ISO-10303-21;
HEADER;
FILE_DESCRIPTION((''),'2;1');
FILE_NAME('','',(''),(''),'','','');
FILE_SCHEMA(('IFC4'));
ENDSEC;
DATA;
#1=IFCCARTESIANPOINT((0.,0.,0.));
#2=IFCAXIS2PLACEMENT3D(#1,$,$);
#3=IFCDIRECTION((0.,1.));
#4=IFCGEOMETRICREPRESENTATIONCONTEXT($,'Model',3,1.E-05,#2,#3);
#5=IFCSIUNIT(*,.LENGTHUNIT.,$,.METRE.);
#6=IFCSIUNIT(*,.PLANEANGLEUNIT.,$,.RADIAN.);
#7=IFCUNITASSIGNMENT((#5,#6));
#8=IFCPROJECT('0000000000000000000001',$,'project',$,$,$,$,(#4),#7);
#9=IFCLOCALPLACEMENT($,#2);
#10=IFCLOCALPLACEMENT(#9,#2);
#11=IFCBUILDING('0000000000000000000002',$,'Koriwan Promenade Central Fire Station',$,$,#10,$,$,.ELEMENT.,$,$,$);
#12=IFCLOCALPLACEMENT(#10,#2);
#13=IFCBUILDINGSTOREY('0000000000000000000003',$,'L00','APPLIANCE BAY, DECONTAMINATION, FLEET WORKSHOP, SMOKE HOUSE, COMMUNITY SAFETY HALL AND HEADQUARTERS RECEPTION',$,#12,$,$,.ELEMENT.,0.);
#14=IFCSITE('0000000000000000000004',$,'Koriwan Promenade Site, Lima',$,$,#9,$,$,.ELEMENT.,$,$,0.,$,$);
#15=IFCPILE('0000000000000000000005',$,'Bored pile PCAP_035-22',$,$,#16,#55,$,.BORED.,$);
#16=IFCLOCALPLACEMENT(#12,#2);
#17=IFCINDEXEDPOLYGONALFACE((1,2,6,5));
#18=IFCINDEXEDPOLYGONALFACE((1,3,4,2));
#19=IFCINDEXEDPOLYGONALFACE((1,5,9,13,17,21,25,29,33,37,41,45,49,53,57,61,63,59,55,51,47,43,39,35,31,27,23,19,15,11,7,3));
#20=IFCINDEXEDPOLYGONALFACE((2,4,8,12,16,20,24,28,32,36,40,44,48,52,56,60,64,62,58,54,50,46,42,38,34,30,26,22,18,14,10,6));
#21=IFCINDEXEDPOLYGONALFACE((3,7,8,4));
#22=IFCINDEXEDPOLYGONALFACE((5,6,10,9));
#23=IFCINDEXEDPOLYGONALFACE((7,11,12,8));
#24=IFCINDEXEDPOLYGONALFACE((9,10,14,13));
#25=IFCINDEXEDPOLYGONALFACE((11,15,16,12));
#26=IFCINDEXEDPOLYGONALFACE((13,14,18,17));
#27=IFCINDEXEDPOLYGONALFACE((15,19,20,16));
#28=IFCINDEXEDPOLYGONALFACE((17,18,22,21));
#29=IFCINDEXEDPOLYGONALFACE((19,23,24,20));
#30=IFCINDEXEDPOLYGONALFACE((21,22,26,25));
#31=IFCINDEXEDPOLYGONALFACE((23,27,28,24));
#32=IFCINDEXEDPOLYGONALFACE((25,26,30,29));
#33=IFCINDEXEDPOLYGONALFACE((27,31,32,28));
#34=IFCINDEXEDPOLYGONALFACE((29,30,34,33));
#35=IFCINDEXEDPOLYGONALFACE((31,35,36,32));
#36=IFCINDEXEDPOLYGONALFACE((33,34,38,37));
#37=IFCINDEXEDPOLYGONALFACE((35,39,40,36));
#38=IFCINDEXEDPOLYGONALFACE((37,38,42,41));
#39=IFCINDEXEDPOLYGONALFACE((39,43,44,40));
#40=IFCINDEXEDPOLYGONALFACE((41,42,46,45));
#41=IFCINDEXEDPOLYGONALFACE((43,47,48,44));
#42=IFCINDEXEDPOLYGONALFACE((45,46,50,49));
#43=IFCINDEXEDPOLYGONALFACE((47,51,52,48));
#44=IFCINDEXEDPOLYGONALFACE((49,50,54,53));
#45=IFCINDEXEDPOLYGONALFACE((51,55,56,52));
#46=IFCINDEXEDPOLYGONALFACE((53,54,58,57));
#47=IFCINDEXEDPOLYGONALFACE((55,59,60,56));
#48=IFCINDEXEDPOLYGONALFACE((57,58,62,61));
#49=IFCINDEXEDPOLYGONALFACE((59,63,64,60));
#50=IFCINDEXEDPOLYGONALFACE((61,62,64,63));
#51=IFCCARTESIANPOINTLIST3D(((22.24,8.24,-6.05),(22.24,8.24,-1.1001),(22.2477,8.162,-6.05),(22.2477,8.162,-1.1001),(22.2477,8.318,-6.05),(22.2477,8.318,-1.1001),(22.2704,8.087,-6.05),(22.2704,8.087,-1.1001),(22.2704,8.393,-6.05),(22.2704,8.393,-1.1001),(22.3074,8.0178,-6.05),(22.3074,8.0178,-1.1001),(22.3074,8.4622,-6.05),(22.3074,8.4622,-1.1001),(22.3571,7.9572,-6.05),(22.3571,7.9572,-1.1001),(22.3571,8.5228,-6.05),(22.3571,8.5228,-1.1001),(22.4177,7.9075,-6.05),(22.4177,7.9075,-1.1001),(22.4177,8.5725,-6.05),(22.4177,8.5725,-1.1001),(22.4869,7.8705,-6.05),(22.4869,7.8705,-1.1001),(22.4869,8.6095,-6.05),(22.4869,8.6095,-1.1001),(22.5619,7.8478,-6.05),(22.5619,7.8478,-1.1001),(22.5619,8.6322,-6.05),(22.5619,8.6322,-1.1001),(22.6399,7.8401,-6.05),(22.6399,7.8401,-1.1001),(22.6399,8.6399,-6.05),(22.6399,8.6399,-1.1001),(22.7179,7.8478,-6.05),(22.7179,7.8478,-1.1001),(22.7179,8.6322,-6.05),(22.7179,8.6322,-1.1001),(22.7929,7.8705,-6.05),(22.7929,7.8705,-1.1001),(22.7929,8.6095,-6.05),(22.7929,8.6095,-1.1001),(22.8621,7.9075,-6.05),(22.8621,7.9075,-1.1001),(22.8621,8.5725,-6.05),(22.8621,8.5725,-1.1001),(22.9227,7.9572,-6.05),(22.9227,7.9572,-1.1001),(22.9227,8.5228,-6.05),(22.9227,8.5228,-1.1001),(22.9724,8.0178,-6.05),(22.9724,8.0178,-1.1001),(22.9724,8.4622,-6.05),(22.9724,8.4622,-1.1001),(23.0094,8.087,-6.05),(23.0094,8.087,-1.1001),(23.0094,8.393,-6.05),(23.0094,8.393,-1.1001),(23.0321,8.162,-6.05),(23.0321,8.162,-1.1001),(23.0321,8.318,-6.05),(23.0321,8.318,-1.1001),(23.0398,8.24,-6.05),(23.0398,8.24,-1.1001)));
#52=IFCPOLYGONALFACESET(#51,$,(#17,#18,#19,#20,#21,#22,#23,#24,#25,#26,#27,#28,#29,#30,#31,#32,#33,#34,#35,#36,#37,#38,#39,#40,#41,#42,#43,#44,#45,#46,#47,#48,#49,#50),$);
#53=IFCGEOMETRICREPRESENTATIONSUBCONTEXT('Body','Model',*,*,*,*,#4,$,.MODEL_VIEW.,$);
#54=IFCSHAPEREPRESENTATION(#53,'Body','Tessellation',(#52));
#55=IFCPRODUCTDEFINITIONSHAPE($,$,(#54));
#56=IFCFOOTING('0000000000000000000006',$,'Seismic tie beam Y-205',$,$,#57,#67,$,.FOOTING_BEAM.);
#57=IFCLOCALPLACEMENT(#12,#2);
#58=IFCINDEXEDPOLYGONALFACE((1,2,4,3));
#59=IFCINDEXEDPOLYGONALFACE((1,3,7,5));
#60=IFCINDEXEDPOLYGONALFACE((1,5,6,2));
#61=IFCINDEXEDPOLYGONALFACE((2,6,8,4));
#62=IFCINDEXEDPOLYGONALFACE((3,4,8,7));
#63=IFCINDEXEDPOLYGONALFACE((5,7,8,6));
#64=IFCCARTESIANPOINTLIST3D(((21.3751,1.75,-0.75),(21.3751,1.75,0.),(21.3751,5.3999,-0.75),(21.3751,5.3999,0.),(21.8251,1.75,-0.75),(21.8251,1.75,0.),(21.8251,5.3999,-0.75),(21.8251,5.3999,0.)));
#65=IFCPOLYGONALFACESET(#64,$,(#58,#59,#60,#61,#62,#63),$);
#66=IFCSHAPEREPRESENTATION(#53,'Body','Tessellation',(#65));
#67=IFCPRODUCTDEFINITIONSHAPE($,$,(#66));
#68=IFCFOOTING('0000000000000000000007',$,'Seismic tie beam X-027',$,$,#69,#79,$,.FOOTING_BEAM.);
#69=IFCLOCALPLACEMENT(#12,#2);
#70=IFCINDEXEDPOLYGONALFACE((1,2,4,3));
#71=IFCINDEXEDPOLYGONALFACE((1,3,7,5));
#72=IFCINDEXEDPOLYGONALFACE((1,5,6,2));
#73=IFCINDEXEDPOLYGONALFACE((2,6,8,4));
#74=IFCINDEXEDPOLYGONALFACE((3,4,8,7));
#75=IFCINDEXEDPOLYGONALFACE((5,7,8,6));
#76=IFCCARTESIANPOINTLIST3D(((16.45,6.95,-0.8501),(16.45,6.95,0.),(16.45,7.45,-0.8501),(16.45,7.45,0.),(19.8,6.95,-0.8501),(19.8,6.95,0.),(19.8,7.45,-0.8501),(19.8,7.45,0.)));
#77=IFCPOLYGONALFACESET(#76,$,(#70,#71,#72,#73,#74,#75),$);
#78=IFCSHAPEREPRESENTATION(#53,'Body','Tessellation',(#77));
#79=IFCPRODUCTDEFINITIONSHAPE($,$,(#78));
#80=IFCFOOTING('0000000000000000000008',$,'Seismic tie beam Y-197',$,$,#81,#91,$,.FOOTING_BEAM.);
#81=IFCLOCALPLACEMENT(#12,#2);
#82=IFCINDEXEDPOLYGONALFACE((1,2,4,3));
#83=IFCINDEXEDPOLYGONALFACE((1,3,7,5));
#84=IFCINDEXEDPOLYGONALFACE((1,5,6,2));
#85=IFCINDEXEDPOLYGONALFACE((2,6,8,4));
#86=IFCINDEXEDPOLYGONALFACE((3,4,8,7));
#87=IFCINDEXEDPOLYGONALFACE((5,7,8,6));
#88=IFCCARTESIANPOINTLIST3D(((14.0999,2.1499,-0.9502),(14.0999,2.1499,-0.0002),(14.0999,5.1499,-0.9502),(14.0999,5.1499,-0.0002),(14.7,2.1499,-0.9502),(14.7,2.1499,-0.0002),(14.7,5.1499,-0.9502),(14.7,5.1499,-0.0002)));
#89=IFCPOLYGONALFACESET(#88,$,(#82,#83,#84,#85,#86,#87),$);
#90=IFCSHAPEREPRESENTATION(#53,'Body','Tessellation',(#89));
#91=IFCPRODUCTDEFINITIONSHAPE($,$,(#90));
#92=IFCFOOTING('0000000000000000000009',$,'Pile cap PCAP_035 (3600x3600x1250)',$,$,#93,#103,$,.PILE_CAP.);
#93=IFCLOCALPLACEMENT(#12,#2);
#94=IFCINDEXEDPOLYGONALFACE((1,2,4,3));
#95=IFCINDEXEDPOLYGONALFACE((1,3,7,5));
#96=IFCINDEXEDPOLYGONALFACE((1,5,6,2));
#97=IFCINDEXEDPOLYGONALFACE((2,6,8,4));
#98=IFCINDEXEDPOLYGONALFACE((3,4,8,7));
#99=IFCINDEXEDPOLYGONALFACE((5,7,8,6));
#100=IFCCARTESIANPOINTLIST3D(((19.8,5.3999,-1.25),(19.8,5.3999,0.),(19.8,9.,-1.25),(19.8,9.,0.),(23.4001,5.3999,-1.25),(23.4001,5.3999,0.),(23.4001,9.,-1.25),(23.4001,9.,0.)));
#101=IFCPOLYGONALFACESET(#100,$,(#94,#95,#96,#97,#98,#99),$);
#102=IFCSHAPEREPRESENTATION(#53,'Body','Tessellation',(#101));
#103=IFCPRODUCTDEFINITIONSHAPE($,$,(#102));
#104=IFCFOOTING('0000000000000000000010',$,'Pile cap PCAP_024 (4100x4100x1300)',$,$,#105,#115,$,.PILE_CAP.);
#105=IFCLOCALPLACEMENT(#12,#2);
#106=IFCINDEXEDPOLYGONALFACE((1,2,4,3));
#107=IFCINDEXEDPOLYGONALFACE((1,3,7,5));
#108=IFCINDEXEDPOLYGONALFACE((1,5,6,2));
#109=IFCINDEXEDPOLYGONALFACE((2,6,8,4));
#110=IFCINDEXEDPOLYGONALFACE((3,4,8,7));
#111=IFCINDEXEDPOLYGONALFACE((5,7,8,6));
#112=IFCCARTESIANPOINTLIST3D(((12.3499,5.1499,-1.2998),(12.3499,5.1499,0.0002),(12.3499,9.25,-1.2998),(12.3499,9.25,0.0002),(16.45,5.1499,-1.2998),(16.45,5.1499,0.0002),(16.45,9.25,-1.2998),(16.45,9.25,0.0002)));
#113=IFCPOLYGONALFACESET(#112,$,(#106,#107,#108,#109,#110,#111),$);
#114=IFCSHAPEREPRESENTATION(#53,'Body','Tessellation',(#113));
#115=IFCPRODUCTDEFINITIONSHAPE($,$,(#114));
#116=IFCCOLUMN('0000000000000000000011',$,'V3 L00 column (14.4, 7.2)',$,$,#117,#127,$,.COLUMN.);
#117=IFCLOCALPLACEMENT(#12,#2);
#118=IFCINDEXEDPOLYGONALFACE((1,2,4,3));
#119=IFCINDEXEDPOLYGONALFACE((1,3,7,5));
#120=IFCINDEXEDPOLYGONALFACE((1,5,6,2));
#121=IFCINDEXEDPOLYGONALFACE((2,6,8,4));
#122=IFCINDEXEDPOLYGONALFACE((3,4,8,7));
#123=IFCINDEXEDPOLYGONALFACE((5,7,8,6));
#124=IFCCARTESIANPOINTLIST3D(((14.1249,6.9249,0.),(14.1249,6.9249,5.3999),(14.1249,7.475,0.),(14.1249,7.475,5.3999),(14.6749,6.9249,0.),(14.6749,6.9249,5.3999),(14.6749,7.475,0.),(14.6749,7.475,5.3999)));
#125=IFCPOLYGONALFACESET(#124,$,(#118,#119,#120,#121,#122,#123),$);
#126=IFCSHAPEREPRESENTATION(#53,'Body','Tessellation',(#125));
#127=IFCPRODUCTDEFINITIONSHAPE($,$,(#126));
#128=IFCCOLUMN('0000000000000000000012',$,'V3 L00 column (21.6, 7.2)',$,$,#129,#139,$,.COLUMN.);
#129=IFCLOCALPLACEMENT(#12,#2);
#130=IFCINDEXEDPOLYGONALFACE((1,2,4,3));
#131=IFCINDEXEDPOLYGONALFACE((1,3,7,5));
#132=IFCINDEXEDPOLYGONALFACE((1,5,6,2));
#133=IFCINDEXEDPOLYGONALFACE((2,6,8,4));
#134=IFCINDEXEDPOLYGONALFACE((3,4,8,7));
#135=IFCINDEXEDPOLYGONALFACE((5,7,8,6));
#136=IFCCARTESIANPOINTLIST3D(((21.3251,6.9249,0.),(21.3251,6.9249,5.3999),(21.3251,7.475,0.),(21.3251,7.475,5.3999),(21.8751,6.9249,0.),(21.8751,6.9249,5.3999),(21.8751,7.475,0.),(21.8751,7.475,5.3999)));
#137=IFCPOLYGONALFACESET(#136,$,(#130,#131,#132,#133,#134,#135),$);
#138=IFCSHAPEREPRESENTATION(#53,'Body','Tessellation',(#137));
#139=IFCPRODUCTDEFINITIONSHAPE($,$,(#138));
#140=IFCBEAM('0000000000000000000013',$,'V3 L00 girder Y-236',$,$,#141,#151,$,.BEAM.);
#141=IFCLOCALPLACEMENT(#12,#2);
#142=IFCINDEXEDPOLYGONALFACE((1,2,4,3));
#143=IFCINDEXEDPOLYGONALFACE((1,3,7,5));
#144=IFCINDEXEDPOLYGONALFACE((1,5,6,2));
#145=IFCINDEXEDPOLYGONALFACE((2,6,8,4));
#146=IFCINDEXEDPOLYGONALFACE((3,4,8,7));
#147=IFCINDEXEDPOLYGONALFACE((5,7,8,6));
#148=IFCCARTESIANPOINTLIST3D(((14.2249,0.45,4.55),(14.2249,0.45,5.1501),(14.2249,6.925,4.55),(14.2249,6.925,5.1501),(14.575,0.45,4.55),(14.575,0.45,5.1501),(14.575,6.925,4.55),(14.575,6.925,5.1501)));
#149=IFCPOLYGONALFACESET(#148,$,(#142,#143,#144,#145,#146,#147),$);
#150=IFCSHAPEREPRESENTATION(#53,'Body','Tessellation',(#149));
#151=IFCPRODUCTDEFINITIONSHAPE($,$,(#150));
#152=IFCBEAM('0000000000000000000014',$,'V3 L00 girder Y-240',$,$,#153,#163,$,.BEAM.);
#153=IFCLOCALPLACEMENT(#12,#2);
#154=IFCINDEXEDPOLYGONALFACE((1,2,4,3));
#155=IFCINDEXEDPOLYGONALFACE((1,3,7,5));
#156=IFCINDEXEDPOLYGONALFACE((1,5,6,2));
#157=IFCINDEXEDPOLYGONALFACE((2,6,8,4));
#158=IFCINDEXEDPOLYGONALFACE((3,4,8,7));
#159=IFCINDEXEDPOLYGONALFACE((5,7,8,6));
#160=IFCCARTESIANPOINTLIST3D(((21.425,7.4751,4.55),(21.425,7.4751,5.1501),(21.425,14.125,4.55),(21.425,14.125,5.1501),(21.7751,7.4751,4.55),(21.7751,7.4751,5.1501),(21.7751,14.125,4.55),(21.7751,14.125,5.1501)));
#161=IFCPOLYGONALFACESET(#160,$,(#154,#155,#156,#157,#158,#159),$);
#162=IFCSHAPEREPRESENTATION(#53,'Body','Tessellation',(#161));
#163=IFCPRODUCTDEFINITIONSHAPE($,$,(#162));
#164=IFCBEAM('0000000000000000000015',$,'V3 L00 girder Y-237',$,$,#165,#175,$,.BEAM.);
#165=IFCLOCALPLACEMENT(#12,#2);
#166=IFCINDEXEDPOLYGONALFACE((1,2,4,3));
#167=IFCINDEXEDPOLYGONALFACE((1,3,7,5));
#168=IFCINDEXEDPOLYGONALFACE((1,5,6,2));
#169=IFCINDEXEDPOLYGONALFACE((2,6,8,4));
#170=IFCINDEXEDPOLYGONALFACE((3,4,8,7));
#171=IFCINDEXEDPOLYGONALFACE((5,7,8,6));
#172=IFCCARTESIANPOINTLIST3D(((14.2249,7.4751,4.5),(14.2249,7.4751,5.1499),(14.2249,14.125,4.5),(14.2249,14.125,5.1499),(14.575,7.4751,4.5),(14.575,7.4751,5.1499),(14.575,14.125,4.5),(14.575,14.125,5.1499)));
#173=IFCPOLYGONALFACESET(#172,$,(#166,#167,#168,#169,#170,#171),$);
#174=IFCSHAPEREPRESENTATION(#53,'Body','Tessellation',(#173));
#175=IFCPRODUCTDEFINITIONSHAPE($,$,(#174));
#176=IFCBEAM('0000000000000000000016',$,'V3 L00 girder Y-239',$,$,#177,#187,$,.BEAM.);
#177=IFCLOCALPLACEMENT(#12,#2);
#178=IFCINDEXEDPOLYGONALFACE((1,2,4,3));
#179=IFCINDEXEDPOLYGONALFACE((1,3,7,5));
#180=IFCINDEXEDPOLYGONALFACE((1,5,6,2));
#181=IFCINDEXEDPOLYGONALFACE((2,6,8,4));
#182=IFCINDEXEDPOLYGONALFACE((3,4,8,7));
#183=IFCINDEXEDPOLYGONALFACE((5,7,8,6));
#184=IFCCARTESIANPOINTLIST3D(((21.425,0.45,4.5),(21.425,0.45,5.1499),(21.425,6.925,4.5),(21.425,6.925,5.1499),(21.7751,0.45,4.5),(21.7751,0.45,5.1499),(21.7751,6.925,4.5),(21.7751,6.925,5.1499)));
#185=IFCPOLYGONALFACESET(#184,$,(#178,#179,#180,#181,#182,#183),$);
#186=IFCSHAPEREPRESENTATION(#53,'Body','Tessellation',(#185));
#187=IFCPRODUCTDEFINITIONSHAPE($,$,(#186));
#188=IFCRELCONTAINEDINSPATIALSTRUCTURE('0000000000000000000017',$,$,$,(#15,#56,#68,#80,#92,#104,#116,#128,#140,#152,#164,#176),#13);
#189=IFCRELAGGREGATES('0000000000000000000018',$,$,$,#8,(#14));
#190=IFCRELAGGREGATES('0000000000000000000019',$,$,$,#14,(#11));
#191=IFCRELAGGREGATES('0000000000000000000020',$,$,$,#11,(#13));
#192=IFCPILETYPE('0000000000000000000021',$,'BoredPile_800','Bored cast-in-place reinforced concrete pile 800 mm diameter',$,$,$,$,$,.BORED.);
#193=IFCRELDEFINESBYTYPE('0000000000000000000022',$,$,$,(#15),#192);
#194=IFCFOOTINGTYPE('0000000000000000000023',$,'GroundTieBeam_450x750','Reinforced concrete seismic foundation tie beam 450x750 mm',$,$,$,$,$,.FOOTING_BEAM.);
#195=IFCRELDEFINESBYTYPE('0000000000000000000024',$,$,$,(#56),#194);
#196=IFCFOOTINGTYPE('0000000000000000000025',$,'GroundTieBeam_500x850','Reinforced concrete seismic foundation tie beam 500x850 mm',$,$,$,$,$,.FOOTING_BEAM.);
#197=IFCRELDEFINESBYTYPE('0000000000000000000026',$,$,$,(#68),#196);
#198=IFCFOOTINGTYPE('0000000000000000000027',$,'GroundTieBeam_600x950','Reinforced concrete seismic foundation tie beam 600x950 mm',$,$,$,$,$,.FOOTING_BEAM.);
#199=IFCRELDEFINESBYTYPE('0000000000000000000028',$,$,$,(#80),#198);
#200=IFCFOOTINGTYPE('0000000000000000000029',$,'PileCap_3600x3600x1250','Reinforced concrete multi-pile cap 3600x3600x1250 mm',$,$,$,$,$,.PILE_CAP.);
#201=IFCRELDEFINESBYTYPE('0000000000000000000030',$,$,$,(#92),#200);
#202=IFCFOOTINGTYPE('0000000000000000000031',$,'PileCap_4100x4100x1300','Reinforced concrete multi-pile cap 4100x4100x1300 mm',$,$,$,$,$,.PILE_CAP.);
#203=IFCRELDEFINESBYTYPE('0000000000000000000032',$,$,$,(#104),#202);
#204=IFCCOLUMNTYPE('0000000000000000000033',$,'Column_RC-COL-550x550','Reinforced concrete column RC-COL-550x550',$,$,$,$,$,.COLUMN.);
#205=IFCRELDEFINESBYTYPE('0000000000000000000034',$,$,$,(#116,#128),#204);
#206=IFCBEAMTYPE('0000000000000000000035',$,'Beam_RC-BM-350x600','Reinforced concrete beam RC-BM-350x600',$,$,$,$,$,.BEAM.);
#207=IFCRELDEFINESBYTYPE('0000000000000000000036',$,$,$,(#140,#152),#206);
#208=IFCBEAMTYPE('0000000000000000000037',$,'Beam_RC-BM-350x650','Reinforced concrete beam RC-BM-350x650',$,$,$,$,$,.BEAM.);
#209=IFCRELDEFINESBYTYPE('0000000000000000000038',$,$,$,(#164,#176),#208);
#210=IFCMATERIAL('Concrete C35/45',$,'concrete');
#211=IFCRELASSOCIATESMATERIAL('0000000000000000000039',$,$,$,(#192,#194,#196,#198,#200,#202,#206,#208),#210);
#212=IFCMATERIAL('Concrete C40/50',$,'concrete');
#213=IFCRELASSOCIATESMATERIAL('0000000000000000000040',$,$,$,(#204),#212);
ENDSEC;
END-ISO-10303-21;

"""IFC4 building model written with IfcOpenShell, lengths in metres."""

from ifc_helpers import new_model, si_unit, direction, frame, origin, origin_2d, place, context, subcontext, project, spatial, rectangle, circle, extrude, material, material_profile, profile_set, type_object, element, save


model = new_model("IFC4")

# Units and contexts
model_context = context("Model", 3, precision=1e-05, world=origin(), true_north=direction((0.0, 1.0)))
body_context = subcontext(model_context, "Body", "Model", "MODEL_VIEW")
ifc_project = project(units=[si_unit("LENGTHUNIT", "METRE"), si_unit("PLANEANGLEUNIT", "RADIAN")], contexts=[model_context])

# Site, building, storey
site_placement = place(None, origin())
site = spatial("IfcSite", under=ifc_project, at=site_placement, Name="Koriwan Promenade Site, Lima", CompositionType="ELEMENT", RefElevation=0.0)
building_placement = place(site_placement, origin())
building = spatial("IfcBuilding", under=site, at=building_placement, Name="Koriwan Promenade Central Fire Station", CompositionType="ELEMENT")
storey_placement = place(building_placement, origin())
storey = spatial("IfcBuildingStorey", under=building, at=storey_placement, Name="L00", Description="APPLIANCE BAY, DECONTAMINATION, FLEET WORKSHOP, SMOKE HOUSE, COMMUNITY SAFETY HALL AND HEADQUARTERS RECEPTION", CompositionType="ELEMENT", Elevation=0.0)

# Pile
ifc_material_1 = material(Name="Concrete C35/45", Category="concrete")
ifc_material_profile_1 = material_profile(ifc_material_1, circle(Radius=0.3999, at=origin_2d()), Name="PILE-D800")
ifc_profile_set_1 = profile_set([ifc_material_profile_1], Name="Concrete C35/45")
pile_type_1 = type_object("IfcPileType", Name="BoredPile_800", Description="Bored cast-in-place reinforced concrete pile 800 mm diameter", PredefinedType="BORED", material=ifc_profile_set_1)
for number, where, z_axis, x_axis, name in (
    (1, (22.6399, 8.24, -1.1001), (0.0, 0.0, -1.0), (1.0, 0.0, 0.0), "Bored pile PCAP_035-22"),
):
    element("IfcPile", number, at=place(storey_placement, frame(where, z_axis=z_axis, x_axis=x_axis)), inside=storey, type_object=pile_type_1, Name=name, PredefinedType="BORED", context=body_context, shape_type="SweptSolid", body=[
        extrude(circle(Radius=0.3999, at=origin_2d()), origin(), (0.0, 0.0, 1.0), 4.95),
    ])

# Footings
footing_type_1 = type_object("IfcFootingType", Name="GroundTieBeam_450x750", Description="Reinforced concrete seismic foundation tie beam 450x750 mm", PredefinedType="FOOTING_BEAM", material=ifc_material_1)
footing_1_placement = place(storey_placement, frame((21.6001, 3.575, -0.75), z_axis=(0.0, 0.0, 1.0), x_axis=(0.0, 1.0, 0.0)))
element("IfcFooting", 2, at=footing_1_placement, inside=storey, type_object=footing_type_1, Name="Seismic tie beam Y-205", PredefinedType="FOOTING_BEAM", context=body_context, shape_type="SweptSolid", body=[
    extrude(rectangle(XDim=3.6499, YDim=0.45, at=origin_2d()), origin(), (0.0, 0.0, 1.0), 0.75),
])
footing_type_2 = type_object("IfcFootingType", Name="GroundTieBeam_500x850", Description="Reinforced concrete seismic foundation tie beam 500x850 mm", PredefinedType="FOOTING_BEAM", material=ifc_material_1)
footing_2_placement = place(storey_placement, frame((18.125, 7.2, -0.8501), z_axis=(0.0, 0.0, 1.0), x_axis=(1.0, 0.0, 0.0)))
element("IfcFooting", 3, at=footing_2_placement, inside=storey, type_object=footing_type_2, Name="Seismic tie beam X-027", PredefinedType="FOOTING_BEAM", context=body_context, shape_type="SweptSolid", body=[
    extrude(rectangle(XDim=3.3501, YDim=0.5, at=origin_2d()), origin(), (0.0, 0.0, 1.0), 0.8501),
])
footing_type_3 = type_object("IfcFootingType", Name="GroundTieBeam_600x950", Description="Reinforced concrete seismic foundation tie beam 600x950 mm", PredefinedType="FOOTING_BEAM", material=ifc_material_1)
footing_3_placement = place(storey_placement, frame((14.3999, 3.6499, -0.9502), z_axis=(0.0, 0.0, 1.0), x_axis=(0.0, 1.0, 0.0)))
element("IfcFooting", 4, at=footing_3_placement, inside=storey, type_object=footing_type_3, Name="Seismic tie beam Y-197", PredefinedType="FOOTING_BEAM", context=body_context, shape_type="SweptSolid", body=[
    extrude(rectangle(XDim=3.0, YDim=0.6001, at=origin_2d()), origin(), (0.0, 0.0, 1.0), 0.95),
])
footing_type_4 = type_object("IfcFootingType", Name="PileCap_3600x3600x1250", Description="Reinforced concrete multi-pile cap 3600x3600x1250 mm", PredefinedType="PILE_CAP", material=ifc_material_1)
footing_4_placement = place(storey_placement, frame((21.6001, 7.2, -1.25), z_axis=(0.0, 0.0, 1.0), x_axis=(1.0, 0.0, 0.0)))
element("IfcFooting", 5, at=footing_4_placement, inside=storey, type_object=footing_type_4, Name="Pile cap PCAP_035 (3600x3600x1250)", PredefinedType="PILE_CAP", context=body_context, shape_type="SweptSolid", body=[
    extrude(rectangle(XDim=3.6001, YDim=3.6001, at=origin_2d()), origin(), (0.0, 0.0, 1.0), 1.25),
])
footing_type_5 = type_object("IfcFootingType", Name="PileCap_4100x4100x1300", Description="Reinforced concrete multi-pile cap 4100x4100x1300 mm", PredefinedType="PILE_CAP", material=ifc_material_1)
footing_5_placement = place(storey_placement, frame((14.3999, 7.2, -1.2998), z_axis=(0.0, 0.0, 1.0), x_axis=(1.0, 0.0, 0.0)))
element("IfcFooting", 6, at=footing_5_placement, inside=storey, type_object=footing_type_5, Name="Pile cap PCAP_024 (4100x4100x1300)", PredefinedType="PILE_CAP", context=body_context, shape_type="SweptSolid", body=[
    extrude(rectangle(XDim=4.1001, YDim=4.1001, at=origin_2d()), origin(), (0.0, 0.0, 1.0), 1.3),
])

# Columns
ifc_material_2 = material(Name="Concrete C40/50", Category="concrete")
ifc_material_profile_2 = material_profile(ifc_material_2, rectangle(XDim=0.55, YDim=0.55, at=origin_2d()), Name="RC-COL-550x550")
ifc_profile_set_2 = profile_set([ifc_material_profile_2], Name="Concrete C40/50")
column_type = type_object("IfcColumnType", Name="Column_RC-COL-550x550", Description="Reinforced concrete column RC-COL-550x550", PredefinedType="COLUMN", material=ifc_profile_set_2)
for number, where, z_axis, x_axis, name in (
    (7, (14.3999, 7.2, 0.0), (0.0, 0.0, 1.0), (1.0, 0.0, 0.0), "V3 L00 column (14.4, 7.2)"),
    (8, (21.6001, 7.2, 0.0), (0.0, 0.0, 1.0), (1.0, 0.0, 0.0), "V3 L00 column (21.6, 7.2)"),
):
    element("IfcColumn", number, at=place(storey_placement, frame(where, z_axis=z_axis, x_axis=x_axis)), inside=storey, type_object=column_type, Name=name, PredefinedType="COLUMN", context=body_context, shape_type="SweptSolid", body=[
        extrude(rectangle(XDim=0.55, YDim=0.55, at=origin_2d()), origin(), (0.0, 0.0, 1.0), 5.3999),
    ])

# Beams
ifc_material_profile_3 = material_profile(ifc_material_1, rectangle(XDim=0.3501, YDim=0.6001, at=origin_2d()), Name="RC-BM-350x600")
ifc_profile_set_3 = profile_set([ifc_material_profile_3], Name="Concrete C35/45")
beam_type_1 = type_object("IfcBeamType", Name="Beam_RC-BM-350x600", Description="Reinforced concrete beam RC-BM-350x600", PredefinedType="BEAM", material=ifc_profile_set_3)
beam_1_placement = place(storey_placement, frame((14.3999, 0.45, 4.8501), z_axis=(0.0, 1.0, 0.0), x_axis=(-1.0, 0.0, 0.0)))
element("IfcBeam", 9, at=beam_1_placement, inside=storey, type_object=beam_type_1, Name="V3 L00 girder Y-236", PredefinedType="BEAM", context=body_context, shape_type="SweptSolid", body=[
    extrude(rectangle(XDim=0.3501, YDim=0.6001, at=origin_2d()), origin(), (0.0, 0.0, 1.0), 6.4751),
])
beam_2_placement = place(storey_placement, frame((21.6001, 7.4751, 4.8501), z_axis=(0.0, 1.0, 0.0), x_axis=(-1.0, 0.0, 0.0)))
element("IfcBeam", 10, at=beam_2_placement, inside=storey, type_object=beam_type_1, Name="V3 L00 girder Y-240", PredefinedType="BEAM", context=body_context, shape_type="SweptSolid", body=[
    extrude(rectangle(XDim=0.3501, YDim=0.6001, at=origin_2d()), origin(), (0.0, 0.0, 1.0), 6.6499),
])
ifc_material_profile_4 = material_profile(ifc_material_1, rectangle(XDim=0.3501, YDim=0.6499, at=origin_2d()), Name="RC-BM-350x650")
ifc_profile_set_4 = profile_set([ifc_material_profile_4], Name="Concrete C35/45")
beam_type_2 = type_object("IfcBeamType", Name="Beam_RC-BM-350x650", Description="Reinforced concrete beam RC-BM-350x650", PredefinedType="BEAM", material=ifc_profile_set_4)
beam_3_placement = place(storey_placement, frame((14.3999, 7.4751, 4.825), z_axis=(0.0, 1.0, 0.0), x_axis=(-1.0, 0.0, 0.0)))
element("IfcBeam", 11, at=beam_3_placement, inside=storey, type_object=beam_type_2, Name="V3 L00 girder Y-237", PredefinedType="BEAM", context=body_context, shape_type="SweptSolid", body=[
    extrude(rectangle(XDim=0.3501, YDim=0.6499, at=origin_2d()), origin(), (0.0, 0.0, 1.0), 6.6499),
])
beam_4_placement = place(storey_placement, frame((21.6001, 0.45, 4.825), z_axis=(0.0, 1.0, 0.0), x_axis=(-1.0, 0.0, 0.0)))
element("IfcBeam", 12, at=beam_4_placement, inside=storey, type_object=beam_type_2, Name="V3 L00 girder Y-239", PredefinedType="BEAM", context=body_context, shape_type="SweptSolid", body=[
    extrude(rectangle(XDim=0.3501, YDim=0.6499, at=origin_2d()), origin(), (0.0, 0.0, 1.0), 6.4751),
])

save(model, "model.ifc")
